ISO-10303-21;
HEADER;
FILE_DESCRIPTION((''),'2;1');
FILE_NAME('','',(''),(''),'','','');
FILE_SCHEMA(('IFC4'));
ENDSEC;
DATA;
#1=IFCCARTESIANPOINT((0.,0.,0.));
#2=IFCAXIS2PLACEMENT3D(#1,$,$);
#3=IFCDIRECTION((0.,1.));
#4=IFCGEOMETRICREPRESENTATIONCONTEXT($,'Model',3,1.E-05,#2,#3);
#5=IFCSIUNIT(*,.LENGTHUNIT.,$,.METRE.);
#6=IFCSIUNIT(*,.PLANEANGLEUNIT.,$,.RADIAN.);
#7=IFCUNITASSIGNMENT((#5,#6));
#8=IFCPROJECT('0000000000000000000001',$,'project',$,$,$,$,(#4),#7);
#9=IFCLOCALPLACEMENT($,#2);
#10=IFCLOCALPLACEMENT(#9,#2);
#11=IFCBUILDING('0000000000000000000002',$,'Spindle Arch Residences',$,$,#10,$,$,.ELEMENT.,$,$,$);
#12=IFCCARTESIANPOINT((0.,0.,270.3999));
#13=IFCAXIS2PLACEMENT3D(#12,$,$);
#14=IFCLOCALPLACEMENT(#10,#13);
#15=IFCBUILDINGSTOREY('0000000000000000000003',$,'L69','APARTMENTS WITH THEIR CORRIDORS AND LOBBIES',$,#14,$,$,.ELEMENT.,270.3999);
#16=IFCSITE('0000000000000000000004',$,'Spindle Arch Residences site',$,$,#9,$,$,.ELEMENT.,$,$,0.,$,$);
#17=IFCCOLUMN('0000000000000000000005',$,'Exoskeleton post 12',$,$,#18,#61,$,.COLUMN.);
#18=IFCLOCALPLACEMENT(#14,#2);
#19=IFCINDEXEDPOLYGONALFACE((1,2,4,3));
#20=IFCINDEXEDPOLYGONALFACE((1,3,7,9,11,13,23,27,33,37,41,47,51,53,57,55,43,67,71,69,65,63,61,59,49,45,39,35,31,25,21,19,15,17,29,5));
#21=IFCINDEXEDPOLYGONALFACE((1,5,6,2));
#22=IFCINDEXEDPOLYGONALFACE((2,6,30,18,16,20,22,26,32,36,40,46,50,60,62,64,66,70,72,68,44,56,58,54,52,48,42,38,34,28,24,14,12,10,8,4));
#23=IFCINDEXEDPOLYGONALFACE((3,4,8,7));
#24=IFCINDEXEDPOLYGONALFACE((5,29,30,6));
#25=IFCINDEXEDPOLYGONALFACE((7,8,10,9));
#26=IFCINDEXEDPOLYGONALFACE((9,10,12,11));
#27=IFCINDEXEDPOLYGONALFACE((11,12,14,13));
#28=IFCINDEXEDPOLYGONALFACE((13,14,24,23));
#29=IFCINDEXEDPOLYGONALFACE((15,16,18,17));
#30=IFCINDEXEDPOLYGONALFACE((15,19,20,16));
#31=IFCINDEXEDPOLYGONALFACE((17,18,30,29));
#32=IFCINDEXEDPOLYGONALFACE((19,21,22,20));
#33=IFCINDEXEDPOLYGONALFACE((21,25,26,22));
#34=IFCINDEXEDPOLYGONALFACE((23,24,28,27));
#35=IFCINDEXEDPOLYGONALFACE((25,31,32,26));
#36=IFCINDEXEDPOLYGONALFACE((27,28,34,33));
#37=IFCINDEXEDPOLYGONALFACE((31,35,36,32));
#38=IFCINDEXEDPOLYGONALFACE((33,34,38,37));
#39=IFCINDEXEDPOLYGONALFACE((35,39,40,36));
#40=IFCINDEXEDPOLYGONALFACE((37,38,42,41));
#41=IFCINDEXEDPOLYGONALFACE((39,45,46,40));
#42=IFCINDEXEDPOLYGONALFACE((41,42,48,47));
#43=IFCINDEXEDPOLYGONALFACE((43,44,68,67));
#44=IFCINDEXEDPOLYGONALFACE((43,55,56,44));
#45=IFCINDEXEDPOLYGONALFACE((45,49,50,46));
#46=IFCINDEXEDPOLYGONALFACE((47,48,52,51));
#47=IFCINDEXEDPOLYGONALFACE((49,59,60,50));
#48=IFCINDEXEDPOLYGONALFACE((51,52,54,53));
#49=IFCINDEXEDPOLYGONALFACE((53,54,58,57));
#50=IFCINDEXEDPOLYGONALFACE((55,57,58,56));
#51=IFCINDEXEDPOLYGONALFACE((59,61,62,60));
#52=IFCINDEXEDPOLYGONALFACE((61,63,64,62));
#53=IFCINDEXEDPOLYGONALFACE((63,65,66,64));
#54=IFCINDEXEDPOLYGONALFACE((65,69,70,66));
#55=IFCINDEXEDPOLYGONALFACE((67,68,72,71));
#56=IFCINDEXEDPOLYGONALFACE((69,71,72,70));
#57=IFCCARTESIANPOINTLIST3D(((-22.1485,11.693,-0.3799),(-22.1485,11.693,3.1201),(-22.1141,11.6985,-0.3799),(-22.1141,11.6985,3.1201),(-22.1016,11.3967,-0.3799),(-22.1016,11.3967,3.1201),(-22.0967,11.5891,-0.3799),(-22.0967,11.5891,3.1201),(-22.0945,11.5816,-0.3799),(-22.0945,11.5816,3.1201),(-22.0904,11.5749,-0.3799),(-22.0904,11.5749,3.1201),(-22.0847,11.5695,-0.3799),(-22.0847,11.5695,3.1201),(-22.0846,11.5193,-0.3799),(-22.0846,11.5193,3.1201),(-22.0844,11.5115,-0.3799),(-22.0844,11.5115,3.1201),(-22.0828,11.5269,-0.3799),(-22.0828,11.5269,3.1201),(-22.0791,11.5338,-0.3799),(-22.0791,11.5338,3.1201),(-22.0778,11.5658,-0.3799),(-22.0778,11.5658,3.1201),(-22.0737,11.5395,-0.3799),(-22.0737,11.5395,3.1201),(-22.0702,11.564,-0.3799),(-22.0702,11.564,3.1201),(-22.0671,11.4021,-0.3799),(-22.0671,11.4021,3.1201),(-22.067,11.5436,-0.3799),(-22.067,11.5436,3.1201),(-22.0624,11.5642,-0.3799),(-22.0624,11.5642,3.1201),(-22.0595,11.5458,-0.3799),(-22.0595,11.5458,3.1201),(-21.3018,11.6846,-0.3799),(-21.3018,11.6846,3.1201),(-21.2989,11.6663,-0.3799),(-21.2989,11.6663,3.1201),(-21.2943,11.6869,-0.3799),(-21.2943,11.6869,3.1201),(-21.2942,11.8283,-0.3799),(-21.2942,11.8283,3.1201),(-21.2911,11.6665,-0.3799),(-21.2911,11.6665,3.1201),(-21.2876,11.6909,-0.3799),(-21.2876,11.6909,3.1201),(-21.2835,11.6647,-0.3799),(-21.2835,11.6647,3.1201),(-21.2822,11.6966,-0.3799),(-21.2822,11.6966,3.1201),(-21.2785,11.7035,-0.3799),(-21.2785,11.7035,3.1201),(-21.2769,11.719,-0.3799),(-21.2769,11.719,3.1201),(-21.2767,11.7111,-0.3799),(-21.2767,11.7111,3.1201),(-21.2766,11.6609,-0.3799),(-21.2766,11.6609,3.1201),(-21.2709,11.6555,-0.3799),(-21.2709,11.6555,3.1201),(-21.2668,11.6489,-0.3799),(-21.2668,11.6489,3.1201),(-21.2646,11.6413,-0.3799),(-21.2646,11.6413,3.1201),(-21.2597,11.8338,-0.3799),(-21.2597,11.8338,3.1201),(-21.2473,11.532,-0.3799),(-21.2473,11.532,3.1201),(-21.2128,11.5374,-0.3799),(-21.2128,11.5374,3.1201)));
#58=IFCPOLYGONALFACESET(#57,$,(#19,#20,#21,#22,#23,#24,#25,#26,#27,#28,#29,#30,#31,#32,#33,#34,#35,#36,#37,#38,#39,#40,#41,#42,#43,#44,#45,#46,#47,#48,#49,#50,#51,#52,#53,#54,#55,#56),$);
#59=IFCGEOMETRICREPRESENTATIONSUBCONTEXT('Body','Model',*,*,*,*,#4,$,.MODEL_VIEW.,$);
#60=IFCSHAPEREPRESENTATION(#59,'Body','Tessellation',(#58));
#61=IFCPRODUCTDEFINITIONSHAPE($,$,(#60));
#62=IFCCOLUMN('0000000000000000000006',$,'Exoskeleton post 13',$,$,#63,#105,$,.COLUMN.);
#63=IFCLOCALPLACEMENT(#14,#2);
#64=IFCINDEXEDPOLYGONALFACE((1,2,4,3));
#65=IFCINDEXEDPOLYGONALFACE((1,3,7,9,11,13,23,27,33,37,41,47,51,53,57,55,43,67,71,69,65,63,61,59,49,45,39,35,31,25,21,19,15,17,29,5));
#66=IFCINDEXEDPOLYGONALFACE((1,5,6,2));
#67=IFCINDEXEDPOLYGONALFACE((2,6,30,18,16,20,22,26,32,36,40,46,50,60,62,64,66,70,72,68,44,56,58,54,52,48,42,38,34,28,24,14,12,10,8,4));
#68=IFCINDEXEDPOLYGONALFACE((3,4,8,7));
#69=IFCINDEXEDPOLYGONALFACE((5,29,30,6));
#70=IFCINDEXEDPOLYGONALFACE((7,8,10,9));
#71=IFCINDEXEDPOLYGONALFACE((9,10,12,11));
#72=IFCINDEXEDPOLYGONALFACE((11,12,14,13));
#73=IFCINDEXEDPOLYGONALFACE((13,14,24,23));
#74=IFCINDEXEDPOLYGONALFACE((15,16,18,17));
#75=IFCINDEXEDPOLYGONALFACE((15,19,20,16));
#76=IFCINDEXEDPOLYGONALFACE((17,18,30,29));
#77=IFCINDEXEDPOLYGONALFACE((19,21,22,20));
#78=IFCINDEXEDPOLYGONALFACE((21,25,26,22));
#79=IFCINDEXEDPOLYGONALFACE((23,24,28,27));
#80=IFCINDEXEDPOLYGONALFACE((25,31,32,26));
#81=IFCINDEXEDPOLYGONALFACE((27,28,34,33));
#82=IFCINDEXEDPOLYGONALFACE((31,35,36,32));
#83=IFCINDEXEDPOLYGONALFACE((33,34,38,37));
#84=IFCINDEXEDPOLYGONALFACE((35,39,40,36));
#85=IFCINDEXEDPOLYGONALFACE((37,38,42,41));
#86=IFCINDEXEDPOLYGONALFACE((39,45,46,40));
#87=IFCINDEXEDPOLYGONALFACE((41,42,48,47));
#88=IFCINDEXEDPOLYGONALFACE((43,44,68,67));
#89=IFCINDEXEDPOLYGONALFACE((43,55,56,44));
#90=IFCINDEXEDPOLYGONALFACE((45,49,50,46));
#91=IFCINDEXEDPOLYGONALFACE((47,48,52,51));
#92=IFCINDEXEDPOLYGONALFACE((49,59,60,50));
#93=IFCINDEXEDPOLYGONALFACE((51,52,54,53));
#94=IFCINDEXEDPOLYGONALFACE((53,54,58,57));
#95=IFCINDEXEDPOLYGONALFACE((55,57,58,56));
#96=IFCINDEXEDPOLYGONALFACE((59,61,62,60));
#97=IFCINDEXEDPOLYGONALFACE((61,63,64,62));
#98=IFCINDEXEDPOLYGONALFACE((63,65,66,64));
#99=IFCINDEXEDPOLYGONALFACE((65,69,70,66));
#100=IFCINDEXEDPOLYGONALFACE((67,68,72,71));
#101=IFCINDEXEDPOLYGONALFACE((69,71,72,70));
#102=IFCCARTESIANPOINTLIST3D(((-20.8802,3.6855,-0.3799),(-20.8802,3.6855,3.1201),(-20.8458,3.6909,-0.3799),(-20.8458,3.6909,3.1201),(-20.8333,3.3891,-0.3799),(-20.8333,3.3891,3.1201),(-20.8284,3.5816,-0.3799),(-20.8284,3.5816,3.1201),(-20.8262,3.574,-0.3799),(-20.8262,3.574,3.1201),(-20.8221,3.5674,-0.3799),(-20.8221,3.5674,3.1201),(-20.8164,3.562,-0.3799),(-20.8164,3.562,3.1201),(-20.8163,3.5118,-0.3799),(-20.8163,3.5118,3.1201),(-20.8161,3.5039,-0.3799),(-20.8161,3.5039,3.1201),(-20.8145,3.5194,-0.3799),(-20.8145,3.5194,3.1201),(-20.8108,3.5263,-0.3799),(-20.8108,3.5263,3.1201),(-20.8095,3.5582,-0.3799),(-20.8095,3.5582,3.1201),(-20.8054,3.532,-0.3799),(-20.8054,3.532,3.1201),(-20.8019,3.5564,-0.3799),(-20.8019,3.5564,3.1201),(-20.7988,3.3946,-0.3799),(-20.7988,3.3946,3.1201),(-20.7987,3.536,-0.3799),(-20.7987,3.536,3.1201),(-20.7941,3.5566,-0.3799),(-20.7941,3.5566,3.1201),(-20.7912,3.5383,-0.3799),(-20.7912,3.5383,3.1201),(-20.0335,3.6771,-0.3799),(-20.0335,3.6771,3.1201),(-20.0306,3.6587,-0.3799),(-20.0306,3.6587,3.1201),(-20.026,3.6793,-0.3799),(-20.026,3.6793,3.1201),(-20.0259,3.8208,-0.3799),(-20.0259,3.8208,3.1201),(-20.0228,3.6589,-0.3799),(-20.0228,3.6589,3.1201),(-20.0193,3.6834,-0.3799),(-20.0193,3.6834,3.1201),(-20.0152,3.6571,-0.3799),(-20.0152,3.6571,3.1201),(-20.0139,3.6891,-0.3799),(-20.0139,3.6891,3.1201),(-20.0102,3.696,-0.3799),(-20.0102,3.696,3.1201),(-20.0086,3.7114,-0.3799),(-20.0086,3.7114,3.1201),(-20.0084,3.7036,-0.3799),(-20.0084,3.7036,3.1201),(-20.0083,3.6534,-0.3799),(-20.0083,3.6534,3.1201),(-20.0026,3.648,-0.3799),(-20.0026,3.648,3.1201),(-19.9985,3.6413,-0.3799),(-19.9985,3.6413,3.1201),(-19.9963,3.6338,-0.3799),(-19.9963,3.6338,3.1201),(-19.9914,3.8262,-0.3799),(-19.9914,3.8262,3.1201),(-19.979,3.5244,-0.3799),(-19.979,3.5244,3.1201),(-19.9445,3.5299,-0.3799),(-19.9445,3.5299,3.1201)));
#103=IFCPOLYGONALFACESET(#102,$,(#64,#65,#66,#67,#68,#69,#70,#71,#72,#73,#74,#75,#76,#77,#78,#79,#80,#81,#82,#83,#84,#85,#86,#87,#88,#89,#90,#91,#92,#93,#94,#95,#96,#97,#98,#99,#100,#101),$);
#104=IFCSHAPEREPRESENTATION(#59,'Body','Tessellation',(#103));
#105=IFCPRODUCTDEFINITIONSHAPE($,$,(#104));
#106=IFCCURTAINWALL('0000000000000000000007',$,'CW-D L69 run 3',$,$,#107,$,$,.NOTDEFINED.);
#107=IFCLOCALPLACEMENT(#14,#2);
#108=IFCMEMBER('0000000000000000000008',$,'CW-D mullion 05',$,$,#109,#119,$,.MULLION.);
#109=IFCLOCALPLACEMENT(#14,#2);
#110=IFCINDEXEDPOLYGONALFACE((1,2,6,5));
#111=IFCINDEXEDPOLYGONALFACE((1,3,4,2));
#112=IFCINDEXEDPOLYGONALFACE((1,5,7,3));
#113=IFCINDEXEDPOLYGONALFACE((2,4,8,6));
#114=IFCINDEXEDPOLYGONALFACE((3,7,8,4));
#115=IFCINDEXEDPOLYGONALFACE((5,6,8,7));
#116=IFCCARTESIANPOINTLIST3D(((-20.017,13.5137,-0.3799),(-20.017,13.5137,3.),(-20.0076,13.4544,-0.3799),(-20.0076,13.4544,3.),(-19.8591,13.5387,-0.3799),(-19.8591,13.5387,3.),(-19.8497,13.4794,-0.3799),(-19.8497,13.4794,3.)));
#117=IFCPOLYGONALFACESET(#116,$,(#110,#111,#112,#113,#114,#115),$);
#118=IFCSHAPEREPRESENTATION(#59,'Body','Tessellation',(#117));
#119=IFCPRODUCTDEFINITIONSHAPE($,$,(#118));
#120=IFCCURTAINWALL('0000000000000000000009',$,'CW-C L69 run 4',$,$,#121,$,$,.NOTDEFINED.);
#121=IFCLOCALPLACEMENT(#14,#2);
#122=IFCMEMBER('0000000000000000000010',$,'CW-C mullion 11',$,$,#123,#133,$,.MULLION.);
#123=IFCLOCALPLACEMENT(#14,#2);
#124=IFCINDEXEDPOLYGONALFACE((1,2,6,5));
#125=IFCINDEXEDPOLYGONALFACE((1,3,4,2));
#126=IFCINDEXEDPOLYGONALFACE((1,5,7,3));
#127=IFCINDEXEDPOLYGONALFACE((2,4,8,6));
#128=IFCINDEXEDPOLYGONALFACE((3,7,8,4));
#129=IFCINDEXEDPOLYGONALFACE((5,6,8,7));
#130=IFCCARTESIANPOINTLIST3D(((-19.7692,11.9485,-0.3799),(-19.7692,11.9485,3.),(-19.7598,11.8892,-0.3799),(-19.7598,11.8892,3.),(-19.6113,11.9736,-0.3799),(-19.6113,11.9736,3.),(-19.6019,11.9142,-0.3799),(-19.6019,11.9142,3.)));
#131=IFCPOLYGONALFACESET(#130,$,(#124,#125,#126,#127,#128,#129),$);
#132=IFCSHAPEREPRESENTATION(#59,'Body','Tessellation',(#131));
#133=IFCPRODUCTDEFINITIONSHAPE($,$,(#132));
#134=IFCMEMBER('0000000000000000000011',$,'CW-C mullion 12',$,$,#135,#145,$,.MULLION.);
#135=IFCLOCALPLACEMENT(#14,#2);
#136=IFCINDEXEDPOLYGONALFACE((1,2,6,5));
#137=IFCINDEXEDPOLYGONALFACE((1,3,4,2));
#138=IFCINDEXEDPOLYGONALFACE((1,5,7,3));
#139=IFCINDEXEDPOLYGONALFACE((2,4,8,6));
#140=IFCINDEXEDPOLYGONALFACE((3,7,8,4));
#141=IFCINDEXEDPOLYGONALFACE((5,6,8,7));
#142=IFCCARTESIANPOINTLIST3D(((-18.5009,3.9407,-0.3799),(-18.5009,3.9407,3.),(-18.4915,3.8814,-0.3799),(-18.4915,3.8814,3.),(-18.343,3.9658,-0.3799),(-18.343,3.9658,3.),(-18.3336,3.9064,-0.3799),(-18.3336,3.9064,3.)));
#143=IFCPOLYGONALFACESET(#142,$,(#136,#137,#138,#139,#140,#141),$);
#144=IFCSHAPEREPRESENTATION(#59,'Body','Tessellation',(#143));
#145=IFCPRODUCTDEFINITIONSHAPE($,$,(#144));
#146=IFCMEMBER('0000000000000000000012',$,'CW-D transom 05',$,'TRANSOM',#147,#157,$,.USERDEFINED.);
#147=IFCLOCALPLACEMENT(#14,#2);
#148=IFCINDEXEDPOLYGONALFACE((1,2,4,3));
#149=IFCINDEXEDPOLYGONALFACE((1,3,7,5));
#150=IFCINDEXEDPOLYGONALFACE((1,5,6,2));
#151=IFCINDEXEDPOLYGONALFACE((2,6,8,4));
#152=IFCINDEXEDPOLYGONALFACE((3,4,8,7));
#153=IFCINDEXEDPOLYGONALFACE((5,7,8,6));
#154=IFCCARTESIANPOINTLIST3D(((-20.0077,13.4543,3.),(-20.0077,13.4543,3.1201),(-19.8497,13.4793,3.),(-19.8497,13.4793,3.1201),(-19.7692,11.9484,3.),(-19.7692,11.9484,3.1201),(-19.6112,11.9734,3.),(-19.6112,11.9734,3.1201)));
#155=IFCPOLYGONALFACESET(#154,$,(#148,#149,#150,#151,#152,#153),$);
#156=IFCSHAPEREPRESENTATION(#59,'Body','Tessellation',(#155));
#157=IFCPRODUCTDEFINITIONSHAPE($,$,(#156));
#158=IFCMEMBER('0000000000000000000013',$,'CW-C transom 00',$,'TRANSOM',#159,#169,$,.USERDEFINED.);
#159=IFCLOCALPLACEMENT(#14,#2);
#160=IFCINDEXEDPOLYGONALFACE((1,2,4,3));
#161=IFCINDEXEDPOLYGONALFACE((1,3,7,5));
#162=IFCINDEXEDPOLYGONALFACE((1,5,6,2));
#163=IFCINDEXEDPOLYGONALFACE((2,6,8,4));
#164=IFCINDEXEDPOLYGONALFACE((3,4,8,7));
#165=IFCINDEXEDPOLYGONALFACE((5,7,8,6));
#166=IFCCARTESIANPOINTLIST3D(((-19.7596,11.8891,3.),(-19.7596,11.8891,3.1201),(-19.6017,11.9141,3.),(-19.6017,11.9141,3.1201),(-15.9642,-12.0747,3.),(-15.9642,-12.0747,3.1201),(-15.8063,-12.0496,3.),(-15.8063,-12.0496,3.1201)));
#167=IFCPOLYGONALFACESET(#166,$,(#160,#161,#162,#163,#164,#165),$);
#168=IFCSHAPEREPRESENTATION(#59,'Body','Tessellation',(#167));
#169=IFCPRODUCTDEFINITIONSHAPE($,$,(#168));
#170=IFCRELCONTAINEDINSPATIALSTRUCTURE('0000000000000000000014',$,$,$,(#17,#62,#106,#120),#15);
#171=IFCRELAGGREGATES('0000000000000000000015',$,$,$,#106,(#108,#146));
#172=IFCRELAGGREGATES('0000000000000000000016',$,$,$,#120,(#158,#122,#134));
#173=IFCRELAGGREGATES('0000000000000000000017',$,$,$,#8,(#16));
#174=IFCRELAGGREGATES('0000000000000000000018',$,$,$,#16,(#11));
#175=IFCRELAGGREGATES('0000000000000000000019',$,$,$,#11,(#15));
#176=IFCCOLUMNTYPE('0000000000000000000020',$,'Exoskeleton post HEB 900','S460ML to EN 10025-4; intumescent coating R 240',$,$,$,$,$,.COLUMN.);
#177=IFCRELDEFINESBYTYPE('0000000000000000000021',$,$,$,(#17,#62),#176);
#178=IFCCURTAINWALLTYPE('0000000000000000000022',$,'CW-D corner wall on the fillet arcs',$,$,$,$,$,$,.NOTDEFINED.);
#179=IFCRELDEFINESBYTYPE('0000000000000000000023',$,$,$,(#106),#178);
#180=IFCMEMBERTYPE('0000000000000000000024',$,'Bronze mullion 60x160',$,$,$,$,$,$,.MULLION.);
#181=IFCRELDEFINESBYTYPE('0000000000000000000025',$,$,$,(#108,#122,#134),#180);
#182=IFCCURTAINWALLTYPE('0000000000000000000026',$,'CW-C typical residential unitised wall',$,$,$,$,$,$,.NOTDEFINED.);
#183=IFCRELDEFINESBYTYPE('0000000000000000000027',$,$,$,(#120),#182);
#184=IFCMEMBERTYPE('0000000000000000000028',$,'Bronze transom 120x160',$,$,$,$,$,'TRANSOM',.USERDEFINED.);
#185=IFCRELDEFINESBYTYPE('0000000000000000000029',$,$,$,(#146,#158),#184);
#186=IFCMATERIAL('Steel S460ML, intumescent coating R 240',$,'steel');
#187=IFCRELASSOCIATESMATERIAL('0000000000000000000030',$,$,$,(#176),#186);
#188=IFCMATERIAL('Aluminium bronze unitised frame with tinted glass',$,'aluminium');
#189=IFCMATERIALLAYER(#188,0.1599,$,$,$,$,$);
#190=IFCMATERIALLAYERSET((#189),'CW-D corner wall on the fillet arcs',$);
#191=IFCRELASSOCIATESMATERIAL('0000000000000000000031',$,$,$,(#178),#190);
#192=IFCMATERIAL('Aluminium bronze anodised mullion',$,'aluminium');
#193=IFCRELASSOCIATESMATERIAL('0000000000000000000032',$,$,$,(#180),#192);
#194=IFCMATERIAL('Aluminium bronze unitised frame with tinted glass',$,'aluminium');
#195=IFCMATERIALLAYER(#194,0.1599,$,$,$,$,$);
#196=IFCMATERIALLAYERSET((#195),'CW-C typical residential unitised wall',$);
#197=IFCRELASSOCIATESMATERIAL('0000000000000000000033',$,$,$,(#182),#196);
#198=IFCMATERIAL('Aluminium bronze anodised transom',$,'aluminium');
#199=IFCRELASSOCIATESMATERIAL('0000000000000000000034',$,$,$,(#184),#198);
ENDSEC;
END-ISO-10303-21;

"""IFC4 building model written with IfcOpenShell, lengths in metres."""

from ifc_helpers import new_model, si_unit, direction, frame, origin, origin_2d, place, context, subcontext, project, spatial, rectangle, i_section, extrude, material, layer, layer_set, material_profile, profile_set, type_object, element, aggregate, save


model = new_model("IFC4")

# Units and contexts
model_context = context("Model", 3, precision=1e-05, world=origin(), true_north=direction((0.0, 1.0)))
body_context = subcontext(model_context, "Body", "Model", "MODEL_VIEW")
ifc_project = project(units=[si_unit("LENGTHUNIT", "METRE"), si_unit("PLANEANGLEUNIT", "RADIAN")], contexts=[model_context])

# Site, building, storey
site_placement = place(None, origin())
site = spatial("IfcSite", under=ifc_project, at=site_placement, Name="Spindle Arch Residences site", CompositionType="ELEMENT", RefElevation=0.0)
building_placement = place(site_placement, origin())
building = spatial("IfcBuilding", under=site, at=building_placement, Name="Spindle Arch Residences", CompositionType="ELEMENT")
storey_placement = place(building_placement, frame((0.0, 0.0, 270.3999)))
storey = spatial("IfcBuildingStorey", under=building, at=storey_placement, Name="L69", Description="APARTMENTS WITH THEIR CORRIDORS AND LOBBIES", CompositionType="ELEMENT", Elevation=270.3999)

# Columns
ifc_material_1 = material(Name="Steel S460ML, intumescent coating R 240", Category="steel")
ifc_material_profile_1 = material_profile(ifc_material_1, i_section(OverallWidth=0.3, OverallDepth=0.8999, WebThickness=0.0186, FlangeThickness=0.0349, FilletRadius=0.03, at=origin_2d()), Name="HEB 900")
ifc_profile_set_1 = profile_set([ifc_material_profile_1], Name="Steel S460ML, intumescent coating R 240")
column_type = type_object("IfcColumnType", Name="Exoskeleton post HEB 900", Description="S460ML to EN 10025-4; intumescent coating R 240", PredefinedType="COLUMN", material=ifc_profile_set_1)
for number, where, z_axis, x_axis, name in (
    (1, (-21.6807, 11.6152, -0.3799), (0.0, 0.0, 1.0), (-0.156434, 0.987688, 0.0), "Exoskeleton post 12"),
    (2, (-20.4124, 3.6077, -0.3799), (0.0, 0.0, 1.0), (-0.156434, 0.987688, 0.0), "Exoskeleton post 13"),
):
    element("IfcColumn", number, at=place(storey_placement, frame(where, z_axis=z_axis, x_axis=x_axis)), inside=storey, type_object=column_type, Name=name, PredefinedType="COLUMN", context=body_context, shape_type="SweptSolid", body=[
        extrude(i_section(OverallWidth=0.3, OverallDepth=0.8999, WebThickness=0.0186, FlangeThickness=0.0349, FilletRadius=0.03, at=origin_2d()), origin(), (0.0, 0.0, 1.0), 3.5),
    ])

# Curtain wall, member
ifc_material_2 = material(Name="Aluminium bronze unitised frame with tinted glass", Category="aluminium")
ifc_layer_1 = layer(ifc_material_2, 0.1599)
ifc_layer_set_1 = layer_set([ifc_layer_1], Name="CW-D corner wall on the fillet arcs")
curtain_wall_type_1 = type_object("IfcCurtainWallType", Name="CW-D corner wall on the fillet arcs", PredefinedType="NOTDEFINED", material=ifc_layer_set_1)
curtain_wall_1_placement = place(storey_placement, origin())
curtain_wall_1 = element("IfcCurtainWall", 3, at=curtain_wall_1_placement, inside=storey, type_object=curtain_wall_type_1, Name="CW-D L69 run 3", PredefinedType="NOTDEFINED")
ifc_material_3 = material(Name="Aluminium bronze anodised mullion", Category="aluminium")
ifc_material_profile_2 = material_profile(ifc_material_3, rectangle(XDim=0.1599, YDim=0.0601, at=origin_2d()), Name="MU 60x160")
ifc_profile_set_2 = profile_set([ifc_material_profile_2], Name="Aluminium bronze anodised mullion")
member_type_1 = type_object("IfcMemberType", Name="Bronze mullion 60x160", PredefinedType="MULLION", material=ifc_profile_set_2)
member_1_placement = place(storey_placement, frame((-19.9333, 13.4966, -0.3799), z_axis=(0.0, 0.0, 1.0), x_axis=(0.987688, 0.156434, 0.0)))
member_1 = element("IfcMember", 4, at=member_1_placement, type_object=member_type_1, Name="CW-D mullion 05", PredefinedType="MULLION", context=body_context, shape_type="SweptSolid", body=[
    extrude(rectangle(XDim=0.1599, YDim=0.0601, at=origin_2d()), origin(), (0.0, 0.0, 1.0), 3.3799),
])

# Curtain wall, members
ifc_material_4 = material(Name="Aluminium bronze unitised frame with tinted glass", Category="aluminium")
ifc_layer_2 = layer(ifc_material_4, 0.1599)
ifc_layer_set_2 = layer_set([ifc_layer_2], Name="CW-C typical residential unitised wall")
curtain_wall_type_2 = type_object("IfcCurtainWallType", Name="CW-C typical residential unitised wall", PredefinedType="NOTDEFINED", material=ifc_layer_set_2)
curtain_wall_2_placement = place(storey_placement, origin())
curtain_wall_2 = element("IfcCurtainWall", 5, at=curtain_wall_2_placement, inside=storey, type_object=curtain_wall_type_2, Name="CW-C L69 run 4", PredefinedType="NOTDEFINED")
member_2_placement = place(storey_placement, frame((-19.6855, 11.9314, -0.3799), z_axis=(0.0, 0.0, 1.0), x_axis=(0.987688, 0.156434, 0.0)))
member_2 = element("IfcMember", 6, at=member_2_placement, type_object=member_type_1, Name="CW-C mullion 11", PredefinedType="MULLION", context=body_context, shape_type="SweptSolid", body=[
    extrude(rectangle(XDim=0.1599, YDim=0.0601, at=origin_2d()), origin(), (0.0, 0.0, 1.0), 3.3799),
])
member_3_placement = place(storey_placement, frame((-18.4172, 3.9236, -0.3799), z_axis=(0.0, 0.0, 1.0), x_axis=(0.987688, 0.156434, 0.0)))
member_3 = element("IfcMember", 7, at=member_3_placement, type_object=member_type_1, Name="CW-C mullion 12", PredefinedType="MULLION", context=body_context, shape_type="SweptSolid", body=[
    extrude(rectangle(XDim=0.1599, YDim=0.0601, at=origin_2d()), origin(), (0.0, 0.0, 1.0), 3.3799),
])

# Members
ifc_material_5 = material(Name="Aluminium bronze anodised transom", Category="aluminium")
ifc_material_profile_3 = material_profile(ifc_material_5, rectangle(XDim=0.1599, YDim=0.1201, at=origin_2d()), Name="TR 120x160")
ifc_profile_set_3 = profile_set([ifc_material_profile_3], Name="Aluminium bronze anodised transom")
member_type_2 = type_object("IfcMemberType", Name="Bronze transom 120x160", ElementType="TRANSOM", PredefinedType="USERDEFINED", material=ifc_profile_set_3)
member_4_placement = place(storey_placement, frame((-19.9287, 13.4668, 3.0601), z_axis=(0.156448, -0.987686, 0.0), x_axis=(0.987686, 0.156448, 0.0)))
member_4 = element("IfcMember", 8, at=member_4_placement, type_object=member_type_2, Name="CW-D transom 05", ObjectType="TRANSOM", PredefinedType="USERDEFINED", context=body_context, shape_type="SweptSolid", body=[
    extrude(rectangle(XDim=0.1599, YDim=0.1201, at=origin_2d()), origin(), (0.0, 0.0, 1.0), 1.5247),
])
member_5_placement = place(storey_placement, frame((-19.6807, 11.9016, 3.0601), z_axis=(0.156431, -0.987689, 0.0), x_axis=(0.987689, 0.156431, 0.0)))
member_5 = element("IfcMember", 9, at=member_5_placement, type_object=member_type_2, Name="CW-C transom 00", ObjectType="TRANSOM", PredefinedType="USERDEFINED", context=body_context, shape_type="SweptSolid", body=[
    extrude(rectangle(XDim=0.1599, YDim=0.1201, at=origin_2d()), origin(), (0.0, 0.0, 1.0), 24.2625),
])

aggregate(curtain_wall_1, [member_1, member_4])
aggregate(curtain_wall_2, [member_5, member_2, member_3])

save(model, "model.ifc")
